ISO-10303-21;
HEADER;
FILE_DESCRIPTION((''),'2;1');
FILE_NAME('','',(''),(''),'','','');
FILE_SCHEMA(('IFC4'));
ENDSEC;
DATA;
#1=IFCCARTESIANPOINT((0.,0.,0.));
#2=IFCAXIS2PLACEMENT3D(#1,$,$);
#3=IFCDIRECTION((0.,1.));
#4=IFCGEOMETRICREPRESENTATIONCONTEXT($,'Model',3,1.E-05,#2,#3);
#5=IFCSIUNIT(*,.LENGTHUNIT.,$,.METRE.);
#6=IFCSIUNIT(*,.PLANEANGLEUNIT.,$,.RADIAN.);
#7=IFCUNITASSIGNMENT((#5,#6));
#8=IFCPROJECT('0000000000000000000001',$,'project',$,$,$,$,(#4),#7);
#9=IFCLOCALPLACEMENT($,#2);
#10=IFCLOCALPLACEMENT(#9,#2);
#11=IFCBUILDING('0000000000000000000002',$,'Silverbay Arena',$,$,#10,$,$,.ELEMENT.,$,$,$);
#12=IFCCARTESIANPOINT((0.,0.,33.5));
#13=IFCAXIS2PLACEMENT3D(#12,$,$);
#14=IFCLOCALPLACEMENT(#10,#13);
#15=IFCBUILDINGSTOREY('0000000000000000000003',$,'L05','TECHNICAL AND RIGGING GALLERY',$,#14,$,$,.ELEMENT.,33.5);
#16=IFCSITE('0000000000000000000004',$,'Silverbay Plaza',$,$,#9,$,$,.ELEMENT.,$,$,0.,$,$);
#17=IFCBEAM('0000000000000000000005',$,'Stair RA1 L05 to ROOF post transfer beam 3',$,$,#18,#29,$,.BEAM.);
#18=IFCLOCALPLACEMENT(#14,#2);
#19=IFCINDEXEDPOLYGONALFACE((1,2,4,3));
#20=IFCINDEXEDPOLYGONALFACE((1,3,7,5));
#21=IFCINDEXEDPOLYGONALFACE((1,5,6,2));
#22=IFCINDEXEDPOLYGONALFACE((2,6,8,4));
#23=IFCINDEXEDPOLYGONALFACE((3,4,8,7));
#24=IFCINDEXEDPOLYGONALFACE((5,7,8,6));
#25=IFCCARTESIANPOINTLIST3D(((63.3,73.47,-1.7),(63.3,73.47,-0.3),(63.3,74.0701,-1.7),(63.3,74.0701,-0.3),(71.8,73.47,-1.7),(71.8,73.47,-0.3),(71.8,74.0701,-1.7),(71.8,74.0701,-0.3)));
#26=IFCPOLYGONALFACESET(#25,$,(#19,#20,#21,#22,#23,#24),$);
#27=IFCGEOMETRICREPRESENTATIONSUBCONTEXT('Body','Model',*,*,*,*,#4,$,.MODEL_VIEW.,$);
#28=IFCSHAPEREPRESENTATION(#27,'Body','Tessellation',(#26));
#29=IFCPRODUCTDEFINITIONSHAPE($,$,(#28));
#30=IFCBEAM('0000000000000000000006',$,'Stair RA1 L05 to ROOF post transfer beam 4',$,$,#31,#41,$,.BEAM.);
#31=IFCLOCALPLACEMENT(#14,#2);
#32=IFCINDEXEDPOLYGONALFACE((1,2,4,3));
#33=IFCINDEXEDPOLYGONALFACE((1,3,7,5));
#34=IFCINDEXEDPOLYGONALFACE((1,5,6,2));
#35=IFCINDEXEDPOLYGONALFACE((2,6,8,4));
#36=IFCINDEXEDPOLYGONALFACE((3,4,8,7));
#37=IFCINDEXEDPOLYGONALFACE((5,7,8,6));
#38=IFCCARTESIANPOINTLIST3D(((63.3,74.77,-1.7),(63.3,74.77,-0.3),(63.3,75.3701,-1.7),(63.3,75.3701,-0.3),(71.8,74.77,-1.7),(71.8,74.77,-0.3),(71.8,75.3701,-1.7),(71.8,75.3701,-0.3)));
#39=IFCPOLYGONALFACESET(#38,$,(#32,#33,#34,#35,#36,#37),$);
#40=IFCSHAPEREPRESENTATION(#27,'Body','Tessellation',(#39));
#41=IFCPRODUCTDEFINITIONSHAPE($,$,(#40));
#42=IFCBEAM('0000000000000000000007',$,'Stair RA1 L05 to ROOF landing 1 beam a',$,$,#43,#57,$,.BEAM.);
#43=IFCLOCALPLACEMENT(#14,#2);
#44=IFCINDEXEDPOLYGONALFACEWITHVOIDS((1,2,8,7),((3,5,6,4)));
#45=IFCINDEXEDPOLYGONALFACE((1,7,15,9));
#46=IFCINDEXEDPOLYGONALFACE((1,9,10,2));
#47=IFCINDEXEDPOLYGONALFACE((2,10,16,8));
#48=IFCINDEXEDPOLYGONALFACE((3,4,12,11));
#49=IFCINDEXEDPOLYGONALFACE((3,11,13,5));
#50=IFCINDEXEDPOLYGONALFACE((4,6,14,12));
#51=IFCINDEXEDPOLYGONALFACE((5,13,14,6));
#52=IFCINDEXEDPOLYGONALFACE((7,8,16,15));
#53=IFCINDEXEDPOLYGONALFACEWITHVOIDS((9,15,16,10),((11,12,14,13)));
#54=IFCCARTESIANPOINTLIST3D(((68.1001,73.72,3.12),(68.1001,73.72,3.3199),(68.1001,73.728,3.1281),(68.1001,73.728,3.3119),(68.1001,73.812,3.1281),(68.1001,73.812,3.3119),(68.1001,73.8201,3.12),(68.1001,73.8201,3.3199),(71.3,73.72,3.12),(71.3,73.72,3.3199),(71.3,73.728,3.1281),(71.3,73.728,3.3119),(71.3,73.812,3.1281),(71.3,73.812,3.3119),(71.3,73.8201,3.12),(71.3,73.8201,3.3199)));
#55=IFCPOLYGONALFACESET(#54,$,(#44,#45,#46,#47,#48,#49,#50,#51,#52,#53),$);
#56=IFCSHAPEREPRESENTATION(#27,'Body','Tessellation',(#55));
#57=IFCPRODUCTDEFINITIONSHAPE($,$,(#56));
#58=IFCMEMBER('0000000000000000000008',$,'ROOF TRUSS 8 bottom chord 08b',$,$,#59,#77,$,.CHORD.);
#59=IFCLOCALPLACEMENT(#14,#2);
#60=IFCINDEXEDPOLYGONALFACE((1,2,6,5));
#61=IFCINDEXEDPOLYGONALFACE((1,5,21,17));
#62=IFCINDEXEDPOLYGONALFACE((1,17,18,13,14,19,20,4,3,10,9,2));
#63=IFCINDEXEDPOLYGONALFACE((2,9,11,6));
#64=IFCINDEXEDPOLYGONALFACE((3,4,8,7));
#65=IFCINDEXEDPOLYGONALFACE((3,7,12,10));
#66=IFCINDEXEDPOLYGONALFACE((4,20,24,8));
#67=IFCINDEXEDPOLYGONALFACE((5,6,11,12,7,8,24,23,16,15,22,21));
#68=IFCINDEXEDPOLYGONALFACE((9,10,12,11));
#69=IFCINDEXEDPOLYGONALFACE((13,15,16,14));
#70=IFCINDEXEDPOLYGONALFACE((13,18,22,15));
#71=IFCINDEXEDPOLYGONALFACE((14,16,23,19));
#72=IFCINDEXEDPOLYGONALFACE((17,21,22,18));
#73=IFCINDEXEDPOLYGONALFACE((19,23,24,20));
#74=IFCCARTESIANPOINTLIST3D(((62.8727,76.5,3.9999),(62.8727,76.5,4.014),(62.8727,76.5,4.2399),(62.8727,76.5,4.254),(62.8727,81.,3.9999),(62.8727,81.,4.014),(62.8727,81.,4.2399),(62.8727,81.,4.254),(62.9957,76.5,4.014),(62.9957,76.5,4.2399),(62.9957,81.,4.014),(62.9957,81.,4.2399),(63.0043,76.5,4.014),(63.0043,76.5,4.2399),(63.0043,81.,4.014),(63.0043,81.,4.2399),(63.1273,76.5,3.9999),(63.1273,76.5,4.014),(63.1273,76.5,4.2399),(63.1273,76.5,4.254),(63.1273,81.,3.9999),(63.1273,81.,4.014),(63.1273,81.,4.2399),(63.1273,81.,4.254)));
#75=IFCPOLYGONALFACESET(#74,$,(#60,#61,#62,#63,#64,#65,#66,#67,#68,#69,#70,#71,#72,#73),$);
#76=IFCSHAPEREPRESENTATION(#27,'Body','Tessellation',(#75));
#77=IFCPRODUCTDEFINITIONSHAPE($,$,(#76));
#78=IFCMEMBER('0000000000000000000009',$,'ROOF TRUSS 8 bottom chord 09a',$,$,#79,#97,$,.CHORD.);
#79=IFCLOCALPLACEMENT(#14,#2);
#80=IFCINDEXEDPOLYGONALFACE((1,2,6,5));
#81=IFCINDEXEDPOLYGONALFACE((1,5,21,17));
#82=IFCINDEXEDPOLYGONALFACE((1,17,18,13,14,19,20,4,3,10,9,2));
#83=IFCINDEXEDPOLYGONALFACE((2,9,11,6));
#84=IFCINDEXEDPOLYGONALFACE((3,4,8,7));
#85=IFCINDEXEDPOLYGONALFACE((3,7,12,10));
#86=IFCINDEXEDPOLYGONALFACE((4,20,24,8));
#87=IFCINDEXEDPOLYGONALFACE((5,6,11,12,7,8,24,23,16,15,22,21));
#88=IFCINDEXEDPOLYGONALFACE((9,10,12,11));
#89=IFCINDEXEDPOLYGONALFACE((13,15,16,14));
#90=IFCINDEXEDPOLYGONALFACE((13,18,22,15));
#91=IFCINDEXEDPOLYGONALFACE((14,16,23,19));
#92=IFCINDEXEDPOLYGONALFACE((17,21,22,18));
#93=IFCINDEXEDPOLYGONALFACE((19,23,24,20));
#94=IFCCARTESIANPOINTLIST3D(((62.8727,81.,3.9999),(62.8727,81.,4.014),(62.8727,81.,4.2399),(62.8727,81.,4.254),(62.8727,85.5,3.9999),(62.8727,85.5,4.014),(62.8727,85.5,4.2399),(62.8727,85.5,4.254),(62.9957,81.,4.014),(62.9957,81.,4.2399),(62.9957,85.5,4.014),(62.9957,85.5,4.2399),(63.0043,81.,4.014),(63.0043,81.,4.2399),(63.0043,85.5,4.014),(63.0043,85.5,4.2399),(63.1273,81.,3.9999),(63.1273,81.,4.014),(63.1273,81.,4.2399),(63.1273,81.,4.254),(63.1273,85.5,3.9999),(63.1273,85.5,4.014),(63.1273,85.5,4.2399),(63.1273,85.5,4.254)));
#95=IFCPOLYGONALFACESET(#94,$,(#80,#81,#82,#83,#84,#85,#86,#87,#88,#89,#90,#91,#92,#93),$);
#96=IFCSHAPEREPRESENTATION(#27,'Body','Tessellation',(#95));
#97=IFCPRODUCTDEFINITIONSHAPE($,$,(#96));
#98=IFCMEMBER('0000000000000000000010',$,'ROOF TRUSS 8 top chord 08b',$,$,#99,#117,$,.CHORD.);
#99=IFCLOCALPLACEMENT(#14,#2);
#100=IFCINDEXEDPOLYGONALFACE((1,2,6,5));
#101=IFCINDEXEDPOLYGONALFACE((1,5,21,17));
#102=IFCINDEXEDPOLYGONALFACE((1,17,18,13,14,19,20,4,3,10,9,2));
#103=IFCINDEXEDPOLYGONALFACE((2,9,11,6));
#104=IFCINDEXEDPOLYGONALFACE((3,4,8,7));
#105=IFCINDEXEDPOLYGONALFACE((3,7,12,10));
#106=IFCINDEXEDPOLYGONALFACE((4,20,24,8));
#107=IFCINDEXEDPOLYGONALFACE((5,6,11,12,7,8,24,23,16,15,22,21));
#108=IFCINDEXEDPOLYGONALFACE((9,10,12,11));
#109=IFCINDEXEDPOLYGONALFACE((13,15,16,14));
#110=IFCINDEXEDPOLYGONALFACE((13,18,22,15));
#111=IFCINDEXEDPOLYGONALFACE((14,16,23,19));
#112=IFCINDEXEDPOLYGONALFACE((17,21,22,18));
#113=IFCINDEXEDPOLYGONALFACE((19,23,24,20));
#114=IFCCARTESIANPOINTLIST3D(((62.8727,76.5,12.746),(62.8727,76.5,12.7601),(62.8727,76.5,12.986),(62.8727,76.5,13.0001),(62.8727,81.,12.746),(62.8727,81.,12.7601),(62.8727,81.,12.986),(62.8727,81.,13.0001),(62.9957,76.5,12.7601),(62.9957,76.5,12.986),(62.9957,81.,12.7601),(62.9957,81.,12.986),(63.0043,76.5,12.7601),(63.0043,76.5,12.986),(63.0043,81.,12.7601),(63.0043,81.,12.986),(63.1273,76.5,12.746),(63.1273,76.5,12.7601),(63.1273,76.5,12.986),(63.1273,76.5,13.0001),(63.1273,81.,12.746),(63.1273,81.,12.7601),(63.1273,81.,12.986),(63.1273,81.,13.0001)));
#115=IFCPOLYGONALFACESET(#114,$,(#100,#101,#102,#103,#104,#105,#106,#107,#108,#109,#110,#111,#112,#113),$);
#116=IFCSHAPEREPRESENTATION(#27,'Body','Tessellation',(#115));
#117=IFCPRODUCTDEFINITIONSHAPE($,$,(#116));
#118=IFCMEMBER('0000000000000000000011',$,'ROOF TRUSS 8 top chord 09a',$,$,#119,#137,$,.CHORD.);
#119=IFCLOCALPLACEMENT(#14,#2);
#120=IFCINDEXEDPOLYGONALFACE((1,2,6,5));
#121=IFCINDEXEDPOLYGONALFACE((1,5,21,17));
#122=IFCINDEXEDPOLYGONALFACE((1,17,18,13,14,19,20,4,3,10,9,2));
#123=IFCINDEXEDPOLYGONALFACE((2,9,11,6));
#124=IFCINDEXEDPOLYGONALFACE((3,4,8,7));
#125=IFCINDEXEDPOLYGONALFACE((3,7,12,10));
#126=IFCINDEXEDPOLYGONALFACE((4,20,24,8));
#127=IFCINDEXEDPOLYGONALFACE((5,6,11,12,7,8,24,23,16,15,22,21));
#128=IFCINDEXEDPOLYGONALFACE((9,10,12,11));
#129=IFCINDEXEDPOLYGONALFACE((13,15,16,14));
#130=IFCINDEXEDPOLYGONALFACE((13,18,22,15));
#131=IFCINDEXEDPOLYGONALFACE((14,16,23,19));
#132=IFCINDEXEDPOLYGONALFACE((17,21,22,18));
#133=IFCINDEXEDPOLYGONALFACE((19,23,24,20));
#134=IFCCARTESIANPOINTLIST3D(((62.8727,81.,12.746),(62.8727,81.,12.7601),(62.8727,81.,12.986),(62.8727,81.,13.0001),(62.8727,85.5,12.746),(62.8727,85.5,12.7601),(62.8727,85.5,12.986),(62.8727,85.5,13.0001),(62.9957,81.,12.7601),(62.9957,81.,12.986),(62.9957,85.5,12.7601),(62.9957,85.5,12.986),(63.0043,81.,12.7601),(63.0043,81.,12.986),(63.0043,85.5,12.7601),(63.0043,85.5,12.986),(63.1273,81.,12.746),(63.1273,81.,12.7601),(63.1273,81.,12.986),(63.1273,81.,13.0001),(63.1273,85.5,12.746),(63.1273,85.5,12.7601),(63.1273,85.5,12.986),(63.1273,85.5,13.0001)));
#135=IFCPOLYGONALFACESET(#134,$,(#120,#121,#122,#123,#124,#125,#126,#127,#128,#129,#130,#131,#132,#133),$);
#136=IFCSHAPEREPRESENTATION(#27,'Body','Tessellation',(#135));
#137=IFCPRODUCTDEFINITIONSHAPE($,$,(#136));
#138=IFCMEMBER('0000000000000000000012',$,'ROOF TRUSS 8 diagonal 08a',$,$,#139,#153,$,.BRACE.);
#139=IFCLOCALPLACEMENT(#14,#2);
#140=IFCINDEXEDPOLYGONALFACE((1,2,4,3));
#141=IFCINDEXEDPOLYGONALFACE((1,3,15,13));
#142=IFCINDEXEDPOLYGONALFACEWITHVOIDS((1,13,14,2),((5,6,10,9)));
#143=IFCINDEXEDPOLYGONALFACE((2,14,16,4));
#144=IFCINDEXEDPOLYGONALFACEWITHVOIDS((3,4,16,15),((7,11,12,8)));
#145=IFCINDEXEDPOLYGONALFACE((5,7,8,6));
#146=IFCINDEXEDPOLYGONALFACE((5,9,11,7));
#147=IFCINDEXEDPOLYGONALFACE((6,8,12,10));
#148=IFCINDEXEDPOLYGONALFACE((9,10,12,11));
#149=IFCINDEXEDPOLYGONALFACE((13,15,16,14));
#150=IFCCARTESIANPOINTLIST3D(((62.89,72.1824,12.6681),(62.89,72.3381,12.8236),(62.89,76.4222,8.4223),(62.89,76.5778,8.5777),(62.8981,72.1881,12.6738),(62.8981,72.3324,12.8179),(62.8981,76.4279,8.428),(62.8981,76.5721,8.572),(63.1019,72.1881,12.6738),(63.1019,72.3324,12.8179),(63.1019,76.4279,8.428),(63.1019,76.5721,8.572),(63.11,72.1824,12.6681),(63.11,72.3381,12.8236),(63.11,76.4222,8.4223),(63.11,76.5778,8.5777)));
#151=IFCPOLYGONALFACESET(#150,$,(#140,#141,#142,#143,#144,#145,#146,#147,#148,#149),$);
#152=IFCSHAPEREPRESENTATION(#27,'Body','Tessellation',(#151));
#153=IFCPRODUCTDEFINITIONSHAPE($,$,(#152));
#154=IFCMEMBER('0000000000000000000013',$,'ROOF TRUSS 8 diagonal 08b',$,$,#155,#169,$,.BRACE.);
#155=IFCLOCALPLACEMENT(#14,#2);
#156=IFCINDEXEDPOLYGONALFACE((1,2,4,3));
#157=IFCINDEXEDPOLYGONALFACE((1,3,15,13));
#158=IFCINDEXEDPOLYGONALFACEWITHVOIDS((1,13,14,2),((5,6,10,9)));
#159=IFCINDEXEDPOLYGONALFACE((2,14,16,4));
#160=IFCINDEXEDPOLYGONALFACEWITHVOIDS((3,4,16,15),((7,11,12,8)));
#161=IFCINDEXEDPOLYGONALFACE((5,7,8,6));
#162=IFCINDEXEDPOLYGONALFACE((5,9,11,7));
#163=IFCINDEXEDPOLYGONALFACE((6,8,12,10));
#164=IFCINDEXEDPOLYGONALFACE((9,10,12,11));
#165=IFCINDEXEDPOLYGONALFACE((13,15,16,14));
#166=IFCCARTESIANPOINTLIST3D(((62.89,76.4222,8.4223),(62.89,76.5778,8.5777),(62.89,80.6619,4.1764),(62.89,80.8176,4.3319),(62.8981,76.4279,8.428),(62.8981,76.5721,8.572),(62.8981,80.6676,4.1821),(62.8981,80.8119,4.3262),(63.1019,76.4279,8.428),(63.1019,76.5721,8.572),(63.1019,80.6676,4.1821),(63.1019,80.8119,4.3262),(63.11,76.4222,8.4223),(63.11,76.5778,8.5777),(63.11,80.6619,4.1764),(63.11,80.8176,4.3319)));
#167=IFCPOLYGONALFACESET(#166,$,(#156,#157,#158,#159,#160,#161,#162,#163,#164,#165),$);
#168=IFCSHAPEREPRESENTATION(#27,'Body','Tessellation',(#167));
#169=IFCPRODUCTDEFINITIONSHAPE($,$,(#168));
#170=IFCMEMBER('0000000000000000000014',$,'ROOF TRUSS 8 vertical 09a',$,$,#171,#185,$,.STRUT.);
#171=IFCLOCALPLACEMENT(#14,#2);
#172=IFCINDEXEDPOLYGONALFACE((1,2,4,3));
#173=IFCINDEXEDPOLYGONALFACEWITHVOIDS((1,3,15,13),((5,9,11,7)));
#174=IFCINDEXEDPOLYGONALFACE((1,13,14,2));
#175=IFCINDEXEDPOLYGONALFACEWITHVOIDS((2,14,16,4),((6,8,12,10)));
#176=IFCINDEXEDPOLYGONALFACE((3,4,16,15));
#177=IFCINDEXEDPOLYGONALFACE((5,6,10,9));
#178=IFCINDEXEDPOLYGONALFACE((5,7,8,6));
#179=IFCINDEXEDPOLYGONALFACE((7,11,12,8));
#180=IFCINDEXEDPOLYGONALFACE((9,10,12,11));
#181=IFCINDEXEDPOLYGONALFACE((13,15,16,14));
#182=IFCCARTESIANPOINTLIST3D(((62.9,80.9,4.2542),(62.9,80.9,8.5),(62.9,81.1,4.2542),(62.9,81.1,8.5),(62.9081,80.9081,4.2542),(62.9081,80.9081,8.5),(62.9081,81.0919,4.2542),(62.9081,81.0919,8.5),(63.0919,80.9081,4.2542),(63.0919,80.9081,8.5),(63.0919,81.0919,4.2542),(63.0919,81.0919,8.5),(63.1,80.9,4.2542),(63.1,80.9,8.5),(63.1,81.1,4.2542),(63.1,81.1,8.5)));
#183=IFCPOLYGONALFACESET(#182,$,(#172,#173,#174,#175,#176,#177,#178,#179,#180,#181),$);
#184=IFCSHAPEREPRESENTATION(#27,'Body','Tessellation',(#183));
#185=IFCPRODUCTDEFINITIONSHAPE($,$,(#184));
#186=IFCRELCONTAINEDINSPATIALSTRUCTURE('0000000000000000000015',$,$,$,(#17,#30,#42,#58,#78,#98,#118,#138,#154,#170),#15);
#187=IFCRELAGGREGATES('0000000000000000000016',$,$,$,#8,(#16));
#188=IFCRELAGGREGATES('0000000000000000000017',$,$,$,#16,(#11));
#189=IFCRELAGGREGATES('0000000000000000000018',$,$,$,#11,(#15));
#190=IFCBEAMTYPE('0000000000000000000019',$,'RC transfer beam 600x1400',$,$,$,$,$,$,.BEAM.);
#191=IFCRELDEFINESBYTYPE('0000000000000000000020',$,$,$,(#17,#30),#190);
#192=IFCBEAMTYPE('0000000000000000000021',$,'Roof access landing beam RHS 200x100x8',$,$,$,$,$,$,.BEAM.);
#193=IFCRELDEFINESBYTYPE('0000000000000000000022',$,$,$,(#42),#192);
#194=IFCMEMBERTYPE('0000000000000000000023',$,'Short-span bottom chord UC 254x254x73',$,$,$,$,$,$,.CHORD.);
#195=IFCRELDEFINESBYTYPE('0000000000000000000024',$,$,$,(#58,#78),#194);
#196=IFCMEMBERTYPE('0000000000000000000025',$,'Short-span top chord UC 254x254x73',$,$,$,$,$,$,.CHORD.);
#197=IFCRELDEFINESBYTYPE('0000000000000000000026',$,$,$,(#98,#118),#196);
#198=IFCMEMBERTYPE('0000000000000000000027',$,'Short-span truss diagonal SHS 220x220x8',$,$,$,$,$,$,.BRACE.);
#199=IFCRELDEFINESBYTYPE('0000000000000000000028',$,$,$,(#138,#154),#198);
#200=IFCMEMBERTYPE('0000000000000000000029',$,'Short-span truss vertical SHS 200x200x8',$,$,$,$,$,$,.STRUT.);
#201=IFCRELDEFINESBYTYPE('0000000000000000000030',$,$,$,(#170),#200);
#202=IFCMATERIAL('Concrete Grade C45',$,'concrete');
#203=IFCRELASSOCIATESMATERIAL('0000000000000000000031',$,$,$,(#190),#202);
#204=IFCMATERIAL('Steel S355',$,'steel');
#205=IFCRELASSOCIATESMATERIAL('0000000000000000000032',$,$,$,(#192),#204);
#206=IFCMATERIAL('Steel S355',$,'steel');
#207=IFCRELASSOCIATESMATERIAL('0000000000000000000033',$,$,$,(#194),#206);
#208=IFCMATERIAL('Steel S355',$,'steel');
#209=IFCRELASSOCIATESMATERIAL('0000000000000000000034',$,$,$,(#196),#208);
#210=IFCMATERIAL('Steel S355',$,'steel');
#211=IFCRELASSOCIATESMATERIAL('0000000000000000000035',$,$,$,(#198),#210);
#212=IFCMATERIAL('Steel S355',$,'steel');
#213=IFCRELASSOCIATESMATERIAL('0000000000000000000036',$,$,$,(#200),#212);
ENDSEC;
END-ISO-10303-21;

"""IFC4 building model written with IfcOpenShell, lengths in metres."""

from ifc_helpers import new_model, si_unit, direction, frame, origin, origin_2d, place, context, subcontext, project, spatial, rectangle, hollow_rectangle, i_section, extrude, material, material_profile, profile_set, type_object, element, save


model = new_model("IFC4")

# Units and contexts
model_context = context("Model", 3, precision=1e-05, world=origin(), true_north=direction((0.0, 1.0)))
body_context = subcontext(model_context, "Body", "Model", "MODEL_VIEW")
ifc_project = project(units=[si_unit("LENGTHUNIT", "METRE"), si_unit("PLANEANGLEUNIT", "RADIAN")], contexts=[model_context])

# Site, building, storey
site_placement = place(None, origin())
site = spatial("IfcSite", under=ifc_project, at=site_placement, Name="Silverbay Plaza", CompositionType="ELEMENT", RefElevation=0.0)
building_placement = place(site_placement, origin())
building = spatial("IfcBuilding", under=site, at=building_placement, Name="Silverbay Arena", CompositionType="ELEMENT")
storey_placement = place(building_placement, frame((0.0, 0.0, 33.5)))
storey = spatial("IfcBuildingStorey", under=building, at=storey_placement, Name="L05", Description="TECHNICAL AND RIGGING GALLERY", CompositionType="ELEMENT", Elevation=33.5)

# Beams
ifc_material_1 = material(Name="Concrete Grade C45", Category="concrete")
ifc_material_profile_1 = material_profile(ifc_material_1, rectangle(XDim=0.6001, YDim=1.3999, at=origin_2d()), Name="RC 600x1400")
ifc_profile_set_1 = profile_set([ifc_material_profile_1], Name="Concrete Grade C45")
beam_type_1 = type_object("IfcBeamType", Name="RC transfer beam 600x1400", PredefinedType="BEAM", material=ifc_profile_set_1)
for number, where, z_axis, x_axis, name in (
    (1, (63.3, 73.77, -1.0), (1.0, 0.0, 0.0), (0.0, 1.0, 0.0), "Stair RA1 L05 to ROOF post transfer beam 3"),
    (2, (63.3, 75.0701, -1.0), (1.0, 0.0, 0.0), (0.0, 1.0, 0.0), "Stair RA1 L05 to ROOF post transfer beam 4"),
):
    element("IfcBeam", number, at=place(storey_placement, frame(where, z_axis=z_axis, x_axis=x_axis)), inside=storey, type_object=beam_type_1, Name=name, PredefinedType="BEAM", context=body_context, shape_type="SweptSolid", body=[
        extrude(rectangle(XDim=0.6001, YDim=1.3999, at=origin_2d()), origin(), (0.0, 0.0, 1.0), 8.5),
    ])
ifc_material_2 = material(Name="Steel S355", Category="steel")
ifc_material_profile_2 = material_profile(ifc_material_2, hollow_rectangle(XDim=0.1001, YDim=0.2, WallThickness=0.0081, at=origin_2d()), Name="RHS 200x100x8")
ifc_profile_set_2 = profile_set([ifc_material_profile_2], Name="Steel S355")
beam_type_2 = type_object("IfcBeamType", Name="Roof access landing beam RHS 200x100x8", PredefinedType="BEAM", material=ifc_profile_set_2)
beam_1_placement = place(storey_placement, frame((68.1001, 73.77, 3.22), z_axis=(1.0, 0.0, 0.0), x_axis=(0.0, 1.0, 0.0)))
element("IfcBeam", 3, at=beam_1_placement, inside=storey, type_object=beam_type_2, Name="Stair RA1 L05 to ROOF landing 1 beam a", PredefinedType="BEAM", context=body_context, shape_type="SweptSolid", body=[
    extrude(hollow_rectangle(XDim=0.1001, YDim=0.2, WallThickness=0.0081, at=origin_2d()), origin(), (0.0, 0.0, 1.0), 3.2),
])

# Members
ifc_material_3 = material(Name="Steel S355", Category="steel")
ifc_material_profile_3 = material_profile(ifc_material_3, i_section(OverallWidth=0.2546, OverallDepth=0.2542, WebThickness=0.0085, FlangeThickness=0.0142, at=origin_2d()), Name="UC 254x254x73")
ifc_profile_set_3 = profile_set([ifc_material_profile_3], Name="Steel S355")
member_type_1 = type_object("IfcMemberType", Name="Short-span bottom chord UC 254x254x73", PredefinedType="CHORD", material=ifc_profile_set_3)
for number, where, z_axis, x_axis, name in (
    (4, (63.0, 76.5, 4.127), (0.0, 1.0, 0.0), (-1.0, 0.0, 0.0), "ROOF TRUSS 8 bottom chord 08b"),
    (5, (63.0, 81.0, 4.127), (0.0, 1.0, 0.0), (-1.0, 0.0, 0.0), "ROOF TRUSS 8 bottom chord 09a"),
):
    element("IfcMember", number, at=place(storey_placement, frame(where, z_axis=z_axis, x_axis=x_axis)), inside=storey, type_object=member_type_1, Name=name, PredefinedType="CHORD", context=body_context, shape_type="SweptSolid", body=[
        extrude(i_section(OverallWidth=0.2546, OverallDepth=0.2542, WebThickness=0.0085, FlangeThickness=0.0142, at=origin_2d()), origin(), (0.0, 0.0, 1.0), 4.5),
    ])
ifc_material_4 = material(Name="Steel S355", Category="steel")
ifc_material_profile_4 = material_profile(ifc_material_4, i_section(OverallWidth=0.2546, OverallDepth=0.2542, WebThickness=0.0085, FlangeThickness=0.0142, at=origin_2d()), Name="UC 254x254x73")
ifc_profile_set_4 = profile_set([ifc_material_profile_4], Name="Steel S355")
member_type_2 = type_object("IfcMemberType", Name="Short-span top chord UC 254x254x73", PredefinedType="CHORD", material=ifc_profile_set_4)
for number, where, z_axis, x_axis, name in (
    (6, (63.0, 76.5, 12.873), (0.0, 1.0, 0.0), (-1.0, 0.0, 0.0), "ROOF TRUSS 8 top chord 08b"),
    (7, (63.0, 81.0, 12.873), (0.0, 1.0, 0.0), (-1.0, 0.0, 0.0), "ROOF TRUSS 8 top chord 09a"),
):
    element("IfcMember", number, at=place(storey_placement, frame(where, z_axis=z_axis, x_axis=x_axis)), inside=storey, type_object=member_type_2, Name=name, PredefinedType="CHORD", context=body_context, shape_type="SweptSolid", body=[
        extrude(i_section(OverallWidth=0.2546, OverallDepth=0.2542, WebThickness=0.0085, FlangeThickness=0.0142, at=origin_2d()), origin(), (0.0, 0.0, 1.0), 4.5),
    ])
ifc_material_5 = material(Name="Steel S355", Category="steel")
ifc_material_profile_5 = material_profile(ifc_material_5, hollow_rectangle(XDim=0.22, YDim=0.22, WallThickness=0.0081, at=origin_2d()), Name="SHS 220x220x8")
ifc_profile_set_5 = profile_set([ifc_material_profile_5], Name="Steel S355")
member_type_3 = type_object("IfcMemberType", Name="Short-span truss diagonal SHS 220x220x8", PredefinedType="BRACE", material=ifc_profile_set_5)
for number, where, z_axis, x_axis, name in (
    (8, (63.0, 72.2603, 12.7458), (0.0, 0.706598, -0.707615), (-1.0, 0.0, 0.0), "ROOF TRUSS 8 diagonal 08a"),
    (9, (63.0, 76.5, 8.5), (0.0, 0.706598, -0.707615), (-1.0, 0.0, 0.0), "ROOF TRUSS 8 diagonal 08b"),
):
    element("IfcMember", number, at=place(storey_placement, frame(where, z_axis=z_axis, x_axis=x_axis)), inside=storey, type_object=member_type_3, Name=name, PredefinedType="BRACE", context=body_context, shape_type="SweptSolid", body=[
        extrude(hollow_rectangle(XDim=0.22, YDim=0.22, WallThickness=0.0081, at=origin_2d()), origin(), (0.0, 0.0, 1.0), 6.0002),
    ])
ifc_material_6 = material(Name="Steel S355", Category="steel")
ifc_material_profile_6 = material_profile(ifc_material_6, hollow_rectangle(XDim=0.2, YDim=0.2, WallThickness=0.0081, at=origin_2d()), Name="SHS 200x200x8")
ifc_profile_set_6 = profile_set([ifc_material_profile_6], Name="Steel S355")
member_type_4 = type_object("IfcMemberType", Name="Short-span truss vertical SHS 200x200x8", PredefinedType="STRUT", material=ifc_profile_set_6)
for number, where, z_axis, x_axis, name in (
    (10, (63.0, 81.0, 4.2542), (0.0, 0.0, 1.0), (1.0, 0.0, 0.0), "ROOF TRUSS 8 vertical 09a"),
):
    element("IfcMember", number, at=place(storey_placement, frame(where, z_axis=z_axis, x_axis=x_axis)), inside=storey, type_object=member_type_4, Name=name, PredefinedType="STRUT", context=body_context, shape_type="SweptSolid", body=[
        extrude(hollow_rectangle(XDim=0.2, YDim=0.2, WallThickness=0.0081, at=origin_2d()), origin(), (0.0, 0.0, 1.0), 4.2458),
    ])

save(model, "model.ifc")
